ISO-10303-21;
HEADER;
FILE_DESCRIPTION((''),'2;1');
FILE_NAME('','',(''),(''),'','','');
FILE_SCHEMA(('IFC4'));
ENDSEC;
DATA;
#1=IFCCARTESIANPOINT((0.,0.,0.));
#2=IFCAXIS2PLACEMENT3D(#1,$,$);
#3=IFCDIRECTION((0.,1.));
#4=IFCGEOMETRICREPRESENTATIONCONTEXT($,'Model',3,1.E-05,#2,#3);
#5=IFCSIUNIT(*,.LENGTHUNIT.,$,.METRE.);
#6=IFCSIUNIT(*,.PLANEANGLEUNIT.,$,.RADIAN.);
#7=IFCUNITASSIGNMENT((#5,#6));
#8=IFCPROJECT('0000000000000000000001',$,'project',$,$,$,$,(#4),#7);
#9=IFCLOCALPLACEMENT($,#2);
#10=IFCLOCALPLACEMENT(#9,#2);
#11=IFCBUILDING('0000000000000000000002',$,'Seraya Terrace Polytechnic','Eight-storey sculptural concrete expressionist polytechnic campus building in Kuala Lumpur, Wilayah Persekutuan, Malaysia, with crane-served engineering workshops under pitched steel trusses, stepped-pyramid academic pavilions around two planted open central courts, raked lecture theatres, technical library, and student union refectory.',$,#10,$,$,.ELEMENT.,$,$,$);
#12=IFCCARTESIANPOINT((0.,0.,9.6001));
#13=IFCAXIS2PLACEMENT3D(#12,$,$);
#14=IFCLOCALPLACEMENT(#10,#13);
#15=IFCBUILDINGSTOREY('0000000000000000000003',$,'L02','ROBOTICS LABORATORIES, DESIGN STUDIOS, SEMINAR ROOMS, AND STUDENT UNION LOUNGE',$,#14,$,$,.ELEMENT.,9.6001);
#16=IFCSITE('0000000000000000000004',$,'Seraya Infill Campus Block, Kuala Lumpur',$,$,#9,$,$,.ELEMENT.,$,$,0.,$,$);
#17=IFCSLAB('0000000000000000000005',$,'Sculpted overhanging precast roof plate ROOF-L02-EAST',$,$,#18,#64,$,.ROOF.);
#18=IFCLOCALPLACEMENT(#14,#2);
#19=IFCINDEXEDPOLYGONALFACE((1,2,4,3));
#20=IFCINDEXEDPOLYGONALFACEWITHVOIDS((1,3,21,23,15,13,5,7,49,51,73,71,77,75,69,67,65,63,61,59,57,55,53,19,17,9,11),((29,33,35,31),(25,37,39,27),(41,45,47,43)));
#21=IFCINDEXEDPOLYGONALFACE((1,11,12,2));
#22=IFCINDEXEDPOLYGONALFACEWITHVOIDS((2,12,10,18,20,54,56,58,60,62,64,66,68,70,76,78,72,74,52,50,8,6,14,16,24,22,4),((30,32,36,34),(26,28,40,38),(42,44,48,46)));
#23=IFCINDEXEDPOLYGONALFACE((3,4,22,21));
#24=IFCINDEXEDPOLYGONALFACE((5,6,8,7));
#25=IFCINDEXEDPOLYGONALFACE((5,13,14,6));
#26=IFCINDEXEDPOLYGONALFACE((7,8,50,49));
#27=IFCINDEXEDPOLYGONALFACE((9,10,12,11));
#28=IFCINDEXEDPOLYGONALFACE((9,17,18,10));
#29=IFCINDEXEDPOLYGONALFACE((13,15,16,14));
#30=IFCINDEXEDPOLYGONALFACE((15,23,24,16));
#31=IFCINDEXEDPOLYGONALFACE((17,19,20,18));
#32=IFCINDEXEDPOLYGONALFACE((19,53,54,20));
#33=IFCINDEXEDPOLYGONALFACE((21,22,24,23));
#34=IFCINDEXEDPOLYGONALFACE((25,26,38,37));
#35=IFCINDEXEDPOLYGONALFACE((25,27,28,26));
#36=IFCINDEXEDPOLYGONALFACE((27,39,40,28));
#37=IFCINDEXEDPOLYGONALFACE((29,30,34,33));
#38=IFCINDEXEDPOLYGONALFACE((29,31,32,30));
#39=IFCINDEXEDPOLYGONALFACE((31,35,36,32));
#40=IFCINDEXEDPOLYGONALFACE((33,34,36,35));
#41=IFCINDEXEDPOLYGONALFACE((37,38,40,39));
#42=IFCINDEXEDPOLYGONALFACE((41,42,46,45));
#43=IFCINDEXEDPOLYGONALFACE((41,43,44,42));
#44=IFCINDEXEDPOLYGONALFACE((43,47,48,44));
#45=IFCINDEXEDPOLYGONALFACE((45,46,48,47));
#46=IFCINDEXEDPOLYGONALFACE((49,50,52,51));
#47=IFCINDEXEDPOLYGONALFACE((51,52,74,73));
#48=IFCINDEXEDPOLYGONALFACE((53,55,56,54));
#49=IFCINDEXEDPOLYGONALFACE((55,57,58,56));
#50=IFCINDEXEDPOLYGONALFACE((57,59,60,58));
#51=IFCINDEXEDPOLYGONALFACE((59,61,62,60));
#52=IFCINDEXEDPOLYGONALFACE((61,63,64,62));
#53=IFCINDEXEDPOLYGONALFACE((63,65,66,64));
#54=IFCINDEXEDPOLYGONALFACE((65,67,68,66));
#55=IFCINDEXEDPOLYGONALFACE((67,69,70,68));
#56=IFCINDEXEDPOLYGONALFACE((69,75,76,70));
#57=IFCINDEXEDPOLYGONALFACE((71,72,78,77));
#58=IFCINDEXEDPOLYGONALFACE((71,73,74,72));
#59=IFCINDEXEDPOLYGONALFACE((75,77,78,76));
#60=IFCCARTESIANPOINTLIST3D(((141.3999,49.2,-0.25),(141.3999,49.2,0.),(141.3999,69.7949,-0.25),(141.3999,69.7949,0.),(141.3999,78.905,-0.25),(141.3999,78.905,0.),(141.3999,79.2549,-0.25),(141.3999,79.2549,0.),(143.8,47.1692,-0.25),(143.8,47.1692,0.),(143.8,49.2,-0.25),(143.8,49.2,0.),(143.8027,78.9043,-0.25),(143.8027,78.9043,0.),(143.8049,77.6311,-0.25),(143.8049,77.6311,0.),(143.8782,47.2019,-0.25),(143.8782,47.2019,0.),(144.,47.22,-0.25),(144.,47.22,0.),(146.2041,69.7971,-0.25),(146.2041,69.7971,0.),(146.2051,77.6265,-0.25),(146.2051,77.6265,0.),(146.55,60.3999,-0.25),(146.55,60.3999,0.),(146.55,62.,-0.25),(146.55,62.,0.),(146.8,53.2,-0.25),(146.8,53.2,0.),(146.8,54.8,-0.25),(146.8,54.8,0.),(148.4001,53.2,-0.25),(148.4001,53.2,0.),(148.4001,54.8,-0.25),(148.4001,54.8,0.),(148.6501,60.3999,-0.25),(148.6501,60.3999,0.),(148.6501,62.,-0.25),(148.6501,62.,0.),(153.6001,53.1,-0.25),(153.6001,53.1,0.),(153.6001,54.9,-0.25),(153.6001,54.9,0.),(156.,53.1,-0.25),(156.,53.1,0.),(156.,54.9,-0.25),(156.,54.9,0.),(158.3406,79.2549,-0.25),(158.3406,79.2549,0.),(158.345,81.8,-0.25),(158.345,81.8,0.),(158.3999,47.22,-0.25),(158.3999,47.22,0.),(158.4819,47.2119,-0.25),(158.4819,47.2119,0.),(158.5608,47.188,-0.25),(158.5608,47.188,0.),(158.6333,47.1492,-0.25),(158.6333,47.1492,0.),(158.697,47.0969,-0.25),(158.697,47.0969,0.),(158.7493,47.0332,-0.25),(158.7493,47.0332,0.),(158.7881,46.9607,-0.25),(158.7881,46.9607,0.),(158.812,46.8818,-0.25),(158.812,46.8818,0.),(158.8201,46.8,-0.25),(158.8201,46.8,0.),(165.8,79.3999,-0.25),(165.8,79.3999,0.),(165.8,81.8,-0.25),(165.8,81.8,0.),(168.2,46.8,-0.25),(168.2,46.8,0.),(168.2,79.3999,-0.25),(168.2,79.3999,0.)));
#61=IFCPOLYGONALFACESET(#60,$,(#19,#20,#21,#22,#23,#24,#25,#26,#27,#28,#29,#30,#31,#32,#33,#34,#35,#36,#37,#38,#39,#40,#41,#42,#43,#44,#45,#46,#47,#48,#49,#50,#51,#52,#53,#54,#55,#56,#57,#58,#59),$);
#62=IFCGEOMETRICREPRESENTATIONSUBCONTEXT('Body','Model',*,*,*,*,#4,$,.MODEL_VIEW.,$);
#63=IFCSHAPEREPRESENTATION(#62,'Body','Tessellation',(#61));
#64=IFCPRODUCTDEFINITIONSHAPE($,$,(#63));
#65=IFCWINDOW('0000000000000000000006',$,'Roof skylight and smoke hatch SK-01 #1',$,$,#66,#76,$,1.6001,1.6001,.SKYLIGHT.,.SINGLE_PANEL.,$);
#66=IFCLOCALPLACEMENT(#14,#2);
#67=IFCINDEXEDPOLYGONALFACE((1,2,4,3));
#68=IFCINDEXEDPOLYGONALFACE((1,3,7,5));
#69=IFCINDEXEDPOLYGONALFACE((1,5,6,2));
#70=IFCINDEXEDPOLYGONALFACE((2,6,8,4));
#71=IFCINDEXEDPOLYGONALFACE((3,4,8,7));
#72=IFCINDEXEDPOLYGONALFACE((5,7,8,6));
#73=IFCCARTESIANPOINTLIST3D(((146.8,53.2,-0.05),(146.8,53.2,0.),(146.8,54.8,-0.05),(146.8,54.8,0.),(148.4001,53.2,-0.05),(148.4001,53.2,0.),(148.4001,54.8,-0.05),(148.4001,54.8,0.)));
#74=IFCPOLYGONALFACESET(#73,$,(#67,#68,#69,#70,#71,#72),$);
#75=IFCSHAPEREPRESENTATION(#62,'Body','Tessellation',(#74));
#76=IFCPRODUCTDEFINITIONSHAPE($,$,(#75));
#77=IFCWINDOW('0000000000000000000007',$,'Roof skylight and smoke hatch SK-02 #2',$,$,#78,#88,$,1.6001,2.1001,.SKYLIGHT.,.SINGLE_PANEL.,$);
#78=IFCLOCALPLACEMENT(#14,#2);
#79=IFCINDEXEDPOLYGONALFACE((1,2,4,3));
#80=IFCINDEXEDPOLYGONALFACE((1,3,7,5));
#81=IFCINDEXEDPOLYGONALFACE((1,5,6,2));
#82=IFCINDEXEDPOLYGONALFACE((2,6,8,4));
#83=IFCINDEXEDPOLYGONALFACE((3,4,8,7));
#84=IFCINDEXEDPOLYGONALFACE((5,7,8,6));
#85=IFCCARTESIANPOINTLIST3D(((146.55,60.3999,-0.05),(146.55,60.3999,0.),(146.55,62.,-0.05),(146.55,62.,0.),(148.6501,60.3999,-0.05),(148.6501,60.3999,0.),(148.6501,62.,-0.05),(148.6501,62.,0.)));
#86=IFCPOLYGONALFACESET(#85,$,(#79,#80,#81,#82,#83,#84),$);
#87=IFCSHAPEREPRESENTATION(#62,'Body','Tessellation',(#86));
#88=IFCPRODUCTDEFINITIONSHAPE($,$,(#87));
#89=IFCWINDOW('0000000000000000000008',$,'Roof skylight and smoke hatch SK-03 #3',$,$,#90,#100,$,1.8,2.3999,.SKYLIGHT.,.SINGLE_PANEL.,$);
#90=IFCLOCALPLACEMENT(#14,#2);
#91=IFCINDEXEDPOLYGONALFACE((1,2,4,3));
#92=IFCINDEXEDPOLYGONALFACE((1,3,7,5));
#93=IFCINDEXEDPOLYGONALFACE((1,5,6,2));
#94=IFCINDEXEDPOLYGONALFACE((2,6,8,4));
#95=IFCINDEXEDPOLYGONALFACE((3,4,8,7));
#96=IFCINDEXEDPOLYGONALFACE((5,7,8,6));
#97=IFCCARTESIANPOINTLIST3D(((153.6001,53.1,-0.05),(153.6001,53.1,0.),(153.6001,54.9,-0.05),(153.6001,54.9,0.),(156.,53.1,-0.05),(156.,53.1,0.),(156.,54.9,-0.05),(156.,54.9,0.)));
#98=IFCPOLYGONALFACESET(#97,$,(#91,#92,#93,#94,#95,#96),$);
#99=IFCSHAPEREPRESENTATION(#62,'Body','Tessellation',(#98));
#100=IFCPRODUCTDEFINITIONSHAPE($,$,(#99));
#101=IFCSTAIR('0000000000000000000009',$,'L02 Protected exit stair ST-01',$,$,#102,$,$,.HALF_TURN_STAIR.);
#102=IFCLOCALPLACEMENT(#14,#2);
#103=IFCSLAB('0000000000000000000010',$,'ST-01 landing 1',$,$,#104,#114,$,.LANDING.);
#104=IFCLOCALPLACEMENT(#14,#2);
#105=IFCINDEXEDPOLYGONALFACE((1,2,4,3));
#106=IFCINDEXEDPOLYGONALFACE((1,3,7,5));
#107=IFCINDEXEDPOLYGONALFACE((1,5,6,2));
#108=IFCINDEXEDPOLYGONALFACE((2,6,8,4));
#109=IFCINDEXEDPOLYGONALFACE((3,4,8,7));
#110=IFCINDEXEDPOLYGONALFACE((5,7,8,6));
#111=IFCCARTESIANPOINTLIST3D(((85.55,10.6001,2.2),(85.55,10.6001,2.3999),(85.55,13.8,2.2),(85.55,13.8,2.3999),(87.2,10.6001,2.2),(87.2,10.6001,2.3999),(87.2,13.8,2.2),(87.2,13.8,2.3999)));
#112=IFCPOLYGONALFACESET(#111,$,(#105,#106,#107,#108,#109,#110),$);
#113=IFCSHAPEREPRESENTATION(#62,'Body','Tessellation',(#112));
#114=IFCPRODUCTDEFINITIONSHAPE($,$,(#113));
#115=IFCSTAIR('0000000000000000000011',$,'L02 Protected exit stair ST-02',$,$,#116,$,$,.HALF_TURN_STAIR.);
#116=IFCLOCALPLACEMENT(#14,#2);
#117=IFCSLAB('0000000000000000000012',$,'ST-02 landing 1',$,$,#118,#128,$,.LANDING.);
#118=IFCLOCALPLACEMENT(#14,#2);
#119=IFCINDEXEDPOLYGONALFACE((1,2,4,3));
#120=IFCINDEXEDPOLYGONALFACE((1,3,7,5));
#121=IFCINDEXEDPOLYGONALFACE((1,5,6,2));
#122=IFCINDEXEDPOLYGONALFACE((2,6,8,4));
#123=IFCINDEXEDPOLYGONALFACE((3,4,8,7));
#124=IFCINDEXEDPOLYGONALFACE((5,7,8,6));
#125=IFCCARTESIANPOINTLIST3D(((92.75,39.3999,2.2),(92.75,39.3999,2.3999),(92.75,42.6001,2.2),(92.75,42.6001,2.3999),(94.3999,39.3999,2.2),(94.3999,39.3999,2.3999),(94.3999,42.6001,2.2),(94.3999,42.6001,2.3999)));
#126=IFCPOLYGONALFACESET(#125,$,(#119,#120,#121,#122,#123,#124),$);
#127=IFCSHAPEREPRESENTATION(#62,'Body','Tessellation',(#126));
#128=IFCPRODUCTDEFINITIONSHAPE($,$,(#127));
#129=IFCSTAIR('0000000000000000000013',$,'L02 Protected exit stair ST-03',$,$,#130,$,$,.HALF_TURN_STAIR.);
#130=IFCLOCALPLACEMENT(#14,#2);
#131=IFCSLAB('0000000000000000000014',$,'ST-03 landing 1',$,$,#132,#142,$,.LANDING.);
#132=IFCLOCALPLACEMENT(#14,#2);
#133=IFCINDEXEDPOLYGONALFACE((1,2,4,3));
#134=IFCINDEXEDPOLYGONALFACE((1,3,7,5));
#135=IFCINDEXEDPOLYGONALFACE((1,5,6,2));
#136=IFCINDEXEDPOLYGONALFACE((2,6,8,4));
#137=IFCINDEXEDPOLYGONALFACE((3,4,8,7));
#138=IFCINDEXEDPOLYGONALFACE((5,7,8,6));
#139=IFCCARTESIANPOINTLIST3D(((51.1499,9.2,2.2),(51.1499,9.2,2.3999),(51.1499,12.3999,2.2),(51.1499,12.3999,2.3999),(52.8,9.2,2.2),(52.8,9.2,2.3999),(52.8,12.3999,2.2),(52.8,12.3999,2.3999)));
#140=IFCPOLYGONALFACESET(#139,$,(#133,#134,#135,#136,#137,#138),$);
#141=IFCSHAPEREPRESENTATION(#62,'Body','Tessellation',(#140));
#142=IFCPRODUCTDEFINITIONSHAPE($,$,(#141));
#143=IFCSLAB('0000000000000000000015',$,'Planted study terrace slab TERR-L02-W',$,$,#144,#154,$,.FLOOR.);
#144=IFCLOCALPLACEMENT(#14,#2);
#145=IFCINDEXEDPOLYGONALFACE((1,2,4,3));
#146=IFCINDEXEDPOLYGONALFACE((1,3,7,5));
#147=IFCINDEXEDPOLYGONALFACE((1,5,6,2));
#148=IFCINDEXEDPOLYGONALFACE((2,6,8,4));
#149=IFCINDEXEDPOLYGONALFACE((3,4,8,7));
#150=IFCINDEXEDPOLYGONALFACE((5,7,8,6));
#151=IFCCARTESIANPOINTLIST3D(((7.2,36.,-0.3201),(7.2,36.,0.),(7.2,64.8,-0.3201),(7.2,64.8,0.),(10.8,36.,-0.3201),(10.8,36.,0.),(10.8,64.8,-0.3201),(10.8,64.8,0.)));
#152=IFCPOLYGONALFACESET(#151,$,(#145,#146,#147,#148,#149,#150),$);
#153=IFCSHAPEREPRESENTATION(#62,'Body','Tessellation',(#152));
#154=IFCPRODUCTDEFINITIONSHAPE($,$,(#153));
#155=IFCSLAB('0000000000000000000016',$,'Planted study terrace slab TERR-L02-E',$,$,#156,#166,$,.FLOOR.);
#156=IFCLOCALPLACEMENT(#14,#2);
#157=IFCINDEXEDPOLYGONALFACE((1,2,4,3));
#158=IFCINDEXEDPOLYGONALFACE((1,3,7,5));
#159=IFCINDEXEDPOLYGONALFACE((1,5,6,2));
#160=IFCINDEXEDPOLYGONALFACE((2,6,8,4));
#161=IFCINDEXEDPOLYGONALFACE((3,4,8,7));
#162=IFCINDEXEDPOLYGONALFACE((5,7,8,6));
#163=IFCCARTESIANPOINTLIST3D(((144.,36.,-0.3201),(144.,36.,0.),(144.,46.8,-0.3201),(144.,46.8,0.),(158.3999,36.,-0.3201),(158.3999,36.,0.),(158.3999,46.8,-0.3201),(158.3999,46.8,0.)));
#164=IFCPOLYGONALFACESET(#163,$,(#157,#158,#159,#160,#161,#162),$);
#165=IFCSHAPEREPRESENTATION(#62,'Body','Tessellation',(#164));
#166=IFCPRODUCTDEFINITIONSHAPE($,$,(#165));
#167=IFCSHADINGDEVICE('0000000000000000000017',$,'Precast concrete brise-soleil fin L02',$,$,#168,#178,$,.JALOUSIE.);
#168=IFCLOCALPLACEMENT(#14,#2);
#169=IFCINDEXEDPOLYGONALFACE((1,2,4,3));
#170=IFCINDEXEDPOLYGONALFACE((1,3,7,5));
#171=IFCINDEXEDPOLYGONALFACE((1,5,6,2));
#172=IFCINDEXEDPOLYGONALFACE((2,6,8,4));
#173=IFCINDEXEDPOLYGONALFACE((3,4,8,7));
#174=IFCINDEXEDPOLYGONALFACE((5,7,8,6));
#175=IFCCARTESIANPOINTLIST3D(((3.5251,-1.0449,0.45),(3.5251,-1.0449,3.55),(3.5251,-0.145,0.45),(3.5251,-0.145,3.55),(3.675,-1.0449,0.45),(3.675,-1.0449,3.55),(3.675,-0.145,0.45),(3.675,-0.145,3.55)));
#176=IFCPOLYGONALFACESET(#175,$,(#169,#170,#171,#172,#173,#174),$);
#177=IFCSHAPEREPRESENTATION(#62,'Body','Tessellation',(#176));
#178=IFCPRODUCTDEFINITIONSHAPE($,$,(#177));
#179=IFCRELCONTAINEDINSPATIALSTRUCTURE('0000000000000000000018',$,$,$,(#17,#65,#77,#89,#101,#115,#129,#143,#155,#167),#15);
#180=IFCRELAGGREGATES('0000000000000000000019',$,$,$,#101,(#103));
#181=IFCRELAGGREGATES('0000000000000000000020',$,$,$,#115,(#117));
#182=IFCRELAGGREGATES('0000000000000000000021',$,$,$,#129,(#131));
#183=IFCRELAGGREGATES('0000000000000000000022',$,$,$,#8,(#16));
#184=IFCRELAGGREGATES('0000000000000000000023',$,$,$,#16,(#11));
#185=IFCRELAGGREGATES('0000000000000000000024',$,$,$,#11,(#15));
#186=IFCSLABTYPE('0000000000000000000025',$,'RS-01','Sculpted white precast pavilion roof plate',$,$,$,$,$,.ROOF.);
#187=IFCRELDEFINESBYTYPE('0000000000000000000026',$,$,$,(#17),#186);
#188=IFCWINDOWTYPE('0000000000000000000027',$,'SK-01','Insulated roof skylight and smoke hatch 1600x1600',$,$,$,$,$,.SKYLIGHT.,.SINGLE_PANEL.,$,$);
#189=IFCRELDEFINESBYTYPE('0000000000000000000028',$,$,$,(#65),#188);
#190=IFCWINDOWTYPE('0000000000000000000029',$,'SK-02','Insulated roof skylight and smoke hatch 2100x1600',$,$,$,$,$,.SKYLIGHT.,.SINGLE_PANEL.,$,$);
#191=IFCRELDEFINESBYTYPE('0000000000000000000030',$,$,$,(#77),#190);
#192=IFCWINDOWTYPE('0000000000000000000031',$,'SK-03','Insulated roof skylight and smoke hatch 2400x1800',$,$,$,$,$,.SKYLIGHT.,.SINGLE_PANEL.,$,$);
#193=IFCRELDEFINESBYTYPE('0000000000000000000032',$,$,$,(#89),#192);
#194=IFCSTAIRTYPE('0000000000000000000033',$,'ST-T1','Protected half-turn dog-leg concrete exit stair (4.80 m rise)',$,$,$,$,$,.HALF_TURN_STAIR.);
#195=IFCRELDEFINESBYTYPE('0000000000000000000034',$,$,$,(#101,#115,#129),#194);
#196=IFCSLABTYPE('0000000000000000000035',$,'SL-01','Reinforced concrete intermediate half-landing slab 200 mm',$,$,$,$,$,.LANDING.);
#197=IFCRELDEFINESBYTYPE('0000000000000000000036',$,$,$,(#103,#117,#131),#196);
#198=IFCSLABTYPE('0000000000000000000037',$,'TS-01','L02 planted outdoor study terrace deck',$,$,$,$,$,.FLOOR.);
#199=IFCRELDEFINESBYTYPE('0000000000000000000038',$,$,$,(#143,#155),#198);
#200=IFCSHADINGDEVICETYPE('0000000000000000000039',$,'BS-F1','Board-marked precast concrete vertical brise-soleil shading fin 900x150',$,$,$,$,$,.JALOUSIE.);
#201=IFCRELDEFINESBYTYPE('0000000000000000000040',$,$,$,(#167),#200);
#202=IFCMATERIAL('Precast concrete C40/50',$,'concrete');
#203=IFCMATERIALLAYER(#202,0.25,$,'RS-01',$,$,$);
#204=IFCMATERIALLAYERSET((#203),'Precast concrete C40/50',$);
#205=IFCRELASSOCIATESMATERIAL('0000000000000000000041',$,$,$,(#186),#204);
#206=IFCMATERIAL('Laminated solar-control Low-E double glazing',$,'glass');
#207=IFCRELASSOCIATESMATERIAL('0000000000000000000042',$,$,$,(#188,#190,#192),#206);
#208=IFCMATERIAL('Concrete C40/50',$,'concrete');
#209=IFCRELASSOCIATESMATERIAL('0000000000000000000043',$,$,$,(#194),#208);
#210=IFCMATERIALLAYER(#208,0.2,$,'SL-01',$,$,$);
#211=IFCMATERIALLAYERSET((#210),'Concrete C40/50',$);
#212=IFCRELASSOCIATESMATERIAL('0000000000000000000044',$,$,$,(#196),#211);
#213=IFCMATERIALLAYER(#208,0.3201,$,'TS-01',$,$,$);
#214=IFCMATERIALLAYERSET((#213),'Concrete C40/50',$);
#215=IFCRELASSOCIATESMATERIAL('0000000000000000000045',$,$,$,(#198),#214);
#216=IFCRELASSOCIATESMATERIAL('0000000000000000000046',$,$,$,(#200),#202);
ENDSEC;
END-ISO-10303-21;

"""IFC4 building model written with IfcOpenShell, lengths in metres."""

from ifc_helpers import new_model, si_unit, direction, frame, origin, origin_2d, place, context, subcontext, project, spatial, polyline, rectangle, outline, extrude, material, layer, layer_set, type_object, element, fill, aggregate, save


model = new_model("IFC4")

# Units and contexts
model_context = context("Model", 3, precision=1e-05, world=origin(), true_north=direction((0.0, 1.0)))
body_context = subcontext(model_context, "Body", "Model", "MODEL_VIEW")
ifc_project = project(units=[si_unit("LENGTHUNIT", "METRE"), si_unit("PLANEANGLEUNIT", "RADIAN")], contexts=[model_context])

# Site, building, storey
site_placement = place(None, origin())
site = spatial("IfcSite", under=ifc_project, at=site_placement, Name="Seraya Infill Campus Block, Kuala Lumpur", CompositionType="ELEMENT", RefElevation=0.0)
building_placement = place(site_placement, origin())
building = spatial("IfcBuilding", under=site, at=building_placement, Name="Seraya Terrace Polytechnic", Description="Eight-storey sculptural concrete expressionist polytechnic campus building in Kuala Lumpur, Wilayah Persekutuan, Malaysia, with crane-served engineering workshops under pitched steel trusses, stepped-pyramid academic pavilions around two planted open central courts, raked lecture theatres, technical library, and student union refectory.", CompositionType="ELEMENT")
storey_placement = place(building_placement, frame((0.0, 0.0, 9.6001)))
storey = spatial("IfcBuildingStorey", under=building, at=storey_placement, Name="L02", Description="ROBOTICS LABORATORIES, DESIGN STUDIOS, SEMINAR ROOMS, AND STUDENT UNION LOUNGE", CompositionType="ELEMENT", Elevation=9.6001)

# Shared definitions
ifc_material_1 = material(Name="Concrete C40/50", Category="concrete")

# Shared definitions
ifc_material_2 = material(Name="Precast concrete C40/50", Category="concrete")
ifc_layer_1 = layer(ifc_material_2, 0.25, Name="RS-01")
ifc_layer_set_1 = layer_set([ifc_layer_1], Name="Precast concrete C40/50")
slab_type_1 = type_object("IfcSlabType", Name="RS-01", Description="Sculpted white precast pavilion roof plate", PredefinedType="ROOF", material=ifc_layer_set_1)

# Slab, openings, windows
slab_1_placement = place(storey_placement, frame((0.0, 0.0, -0.25)))
slab_1 = element("IfcSlab", 1, at=slab_1_placement, inside=storey, type_object=slab_type_1, Name="Sculpted overhanging precast roof plate ROOF-L02-EAST", PredefinedType="ROOF", context=body_context, shape_type="SweptSolid", body=[
    extrude(outline(polyline([(165.8, 81.8), (165.8, 79.3999), (168.2, 79.3999), (168.2, 46.8), (158.8201, 46.8), (158.812, 46.8818), (158.7881, 46.9607), (158.7493, 47.0332), (158.697, 47.0969), (158.6333, 47.1492), (158.5608, 47.188), (158.4819, 47.2119), (158.3999, 47.22), (144.0, 47.22), (143.8782, 47.2019), (143.8, 47.1692), (143.8, 49.2), (141.3999, 49.2), (141.3999, 69.7949), (146.2041, 69.7971), (146.2051, 77.6265), (143.8049, 77.6311), (143.8027, 78.9043), (141.3999, 78.905), (141.3999, 79.2549), (158.3406, 79.2549), (158.345, 81.8), (165.8, 81.8)])), origin(), (0.0, 0.0, 1.0), 0.25),
])
opening_1_placement = place(slab_1_placement, frame((147.6001, 54.0, -0.012)))
opening_1 = element("IfcOpeningElement", 2, at=opening_1_placement, cuts=slab_1, PredefinedType="OPENING", context=body_context, shape_type="SweptSolid", body=[
    extrude(rectangle(XDim=1.6001, YDim=1.6001, at=origin_2d()), origin(), (0.0, 0.0, 1.0), 0.2739),
])
opening_2_placement = place(slab_1_placement, frame((147.6001, 61.2, -0.012)))
opening_2 = element("IfcOpeningElement", 3, at=opening_2_placement, cuts=slab_1, PredefinedType="OPENING", context=body_context, shape_type="SweptSolid", body=[
    extrude(rectangle(XDim=2.1001, YDim=1.6001, at=origin_2d()), origin(), (0.0, 0.0, 1.0), 0.2739),
])
opening_3_placement = place(slab_1_placement, frame((154.8, 54.0, -0.012)))
opening_3 = element("IfcOpeningElement", 4, at=opening_3_placement, cuts=slab_1, PredefinedType="OPENING", context=body_context, shape_type="SweptSolid", body=[
    extrude(rectangle(XDim=2.3999, YDim=1.8, at=origin_2d()), origin(), (0.0, 0.0, 1.0), 0.2739),
])
ifc_material_3 = material(Name="Laminated solar-control Low-E double glazing", Category="glass")
window_type_1 = type_object("IfcWindowType", Name="SK-01", Description="Insulated roof skylight and smoke hatch 1600x1600", PartitioningType="SINGLE_PANEL", PredefinedType="SKYLIGHT", material=ifc_material_3)
window_1_placement = place(slab_1_placement, frame((147.6001, 54.0, 0.2)))
window_1 = element("IfcWindow", 5, at=window_1_placement, inside=storey, type_object=window_type_1, Name="Roof skylight and smoke hatch SK-01 #1", OverallHeight=1.6001, OverallWidth=1.6001, PartitioningType="SINGLE_PANEL", PredefinedType="SKYLIGHT", context=body_context, shape_type="SweptSolid", body=[
    extrude(rectangle(XDim=1.6001, YDim=1.6001, at=origin_2d()), origin(), (0.0, 0.0, 1.0), 0.05),
])
fill(opening_1, window_1)
window_type_2 = type_object("IfcWindowType", Name="SK-02", Description="Insulated roof skylight and smoke hatch 2100x1600", PartitioningType="SINGLE_PANEL", PredefinedType="SKYLIGHT", material=ifc_material_3)
window_2_placement = place(slab_1_placement, frame((147.6001, 61.2, 0.2)))
window_2 = element("IfcWindow", 6, at=window_2_placement, inside=storey, type_object=window_type_2, Name="Roof skylight and smoke hatch SK-02 #2", OverallHeight=1.6001, OverallWidth=2.1001, PartitioningType="SINGLE_PANEL", PredefinedType="SKYLIGHT", context=body_context, shape_type="SweptSolid", body=[
    extrude(rectangle(XDim=2.1001, YDim=1.6001, at=origin_2d()), origin(), (0.0, 0.0, 1.0), 0.05),
])
fill(opening_2, window_2)
window_type_3 = type_object("IfcWindowType", Name="SK-03", Description="Insulated roof skylight and smoke hatch 2400x1800", PartitioningType="SINGLE_PANEL", PredefinedType="SKYLIGHT", material=ifc_material_3)
window_3_placement = place(slab_1_placement, frame((154.8, 54.0, 0.2)))
window_3 = element("IfcWindow", 7, at=window_3_placement, inside=storey, type_object=window_type_3, Name="Roof skylight and smoke hatch SK-03 #3", OverallHeight=1.8, OverallWidth=2.3999, PartitioningType="SINGLE_PANEL", PredefinedType="SKYLIGHT", context=body_context, shape_type="SweptSolid", body=[
    extrude(rectangle(XDim=2.3999, YDim=1.8, at=origin_2d()), origin(), (0.0, 0.0, 1.0), 0.05),
])
fill(opening_3, window_3)

# Stairs, slabs
stair_type = type_object("IfcStairType", Name="ST-T1", Description="Protected half-turn dog-leg concrete exit stair (4.80 m rise)", PredefinedType="HALF_TURN_STAIR", material=ifc_material_1)
stair_1_placement = place(storey_placement, origin())
stair_1 = element("IfcStair", 8, at=stair_1_placement, inside=storey, type_object=stair_type, Name="L02 Protected exit stair ST-01", PredefinedType="HALF_TURN_STAIR")
ifc_layer_2 = layer(ifc_material_1, 0.2, Name="SL-01")
ifc_layer_set_2 = layer_set([ifc_layer_2], Name="Concrete C40/50")
slab_type_2 = type_object("IfcSlabType", Name="SL-01", Description="Reinforced concrete intermediate half-landing slab 200 mm", PredefinedType="LANDING", material=ifc_layer_set_2)
slab_2_placement = place(storey_placement, frame((0.0, 0.0, 2.2)))
slab_2 = element("IfcSlab", 9, at=slab_2_placement, type_object=slab_type_2, Name="ST-01 landing 1", PredefinedType="LANDING", context=body_context, shape_type="SweptSolid", body=[
    extrude(outline(polyline([(85.55, 10.6001), (87.2, 10.6001), (87.2, 13.8), (85.55, 13.8), (85.55, 10.6001)])), origin(), (0.0, 0.0, 1.0), 0.2),
])
aggregate(stair_1, [slab_2])
stair_2_placement = place(storey_placement, origin())
stair_2 = element("IfcStair", 10, at=stair_2_placement, inside=storey, type_object=stair_type, Name="L02 Protected exit stair ST-02", PredefinedType="HALF_TURN_STAIR")
slab_3_placement = place(storey_placement, frame((0.0, 0.0, 2.2)))
slab_3 = element("IfcSlab", 11, at=slab_3_placement, type_object=slab_type_2, Name="ST-02 landing 1", PredefinedType="LANDING", context=body_context, shape_type="SweptSolid", body=[
    extrude(outline(polyline([(92.75, 39.3999), (94.3999, 39.3999), (94.3999, 42.6001), (92.75, 42.6001), (92.75, 39.3999)])), origin(), (0.0, 0.0, 1.0), 0.2),
])
aggregate(stair_2, [slab_3])
stair_3_placement = place(storey_placement, origin())
stair_3 = element("IfcStair", 12, at=stair_3_placement, inside=storey, type_object=stair_type, Name="L02 Protected exit stair ST-03", PredefinedType="HALF_TURN_STAIR")
slab_4_placement = place(storey_placement, frame((0.0, 0.0, 2.2)))
slab_4 = element("IfcSlab", 13, at=slab_4_placement, type_object=slab_type_2, Name="ST-03 landing 1", PredefinedType="LANDING", context=body_context, shape_type="SweptSolid", body=[
    extrude(outline(polyline([(51.1499, 9.2), (52.8, 9.2), (52.8, 12.3999), (51.1499, 12.3999), (51.1499, 9.2)])), origin(), (0.0, 0.0, 1.0), 0.2),
])
aggregate(stair_3, [slab_4])

# Slabs
ifc_layer_3 = layer(ifc_material_1, 0.3201, Name="TS-01")
ifc_layer_set_3 = layer_set([ifc_layer_3], Name="Concrete C40/50")
slab_type_3 = type_object("IfcSlabType", Name="TS-01", Description="L02 planted outdoor study terrace deck", PredefinedType="FLOOR", material=ifc_layer_set_3)
slab_5_placement = place(storey_placement, frame((0.0, 0.0, -0.3201)))
element("IfcSlab", 14, at=slab_5_placement, inside=storey, type_object=slab_type_3, Name="Planted study terrace slab TERR-L02-W", PredefinedType="FLOOR", context=body_context, shape_type="SweptSolid", body=[
    extrude(outline(polyline([(7.2, 36.0), (7.2, 64.8), (10.8, 64.8), (10.8, 36.0), (7.2, 36.0)])), origin(), (0.0, 0.0, 1.0), 0.3201),
])
slab_6_placement = place(storey_placement, frame((0.0, 0.0, -0.3201)))
element("IfcSlab", 15, at=slab_6_placement, inside=storey, type_object=slab_type_3, Name="Planted study terrace slab TERR-L02-E", PredefinedType="FLOOR", context=body_context, shape_type="SweptSolid", body=[
    extrude(outline(polyline([(144.0, 36.0), (144.0, 46.8), (158.3999, 46.8), (158.3999, 36.0), (144.0, 36.0)])), origin(), (0.0, 0.0, 1.0), 0.3201),
])

# Shading device
shading_device_type = type_object("IfcShadingDeviceType", Name="BS-F1", Description="Board-marked precast concrete vertical brise-soleil shading fin 900x150", PredefinedType="JALOUSIE", material=ifc_material_2)
shading_device_placement = place(storey_placement, frame((3.6001, -0.595, 0.45), z_axis=(0.0, 0.0, 1.0), x_axis=(0.0, -1.0, 0.0)))
element("IfcShadingDevice", 16, at=shading_device_placement, inside=storey, type_object=shading_device_type, Name="Precast concrete brise-soleil fin L02", PredefinedType="JALOUSIE", context=body_context, shape_type="SweptSolid", body=[
    extrude(rectangle(XDim=0.8999, YDim=0.1499, at=origin_2d()), origin(), (0.0, 0.0, 1.0), 3.1001),
])

save(model, "model.ifc")
